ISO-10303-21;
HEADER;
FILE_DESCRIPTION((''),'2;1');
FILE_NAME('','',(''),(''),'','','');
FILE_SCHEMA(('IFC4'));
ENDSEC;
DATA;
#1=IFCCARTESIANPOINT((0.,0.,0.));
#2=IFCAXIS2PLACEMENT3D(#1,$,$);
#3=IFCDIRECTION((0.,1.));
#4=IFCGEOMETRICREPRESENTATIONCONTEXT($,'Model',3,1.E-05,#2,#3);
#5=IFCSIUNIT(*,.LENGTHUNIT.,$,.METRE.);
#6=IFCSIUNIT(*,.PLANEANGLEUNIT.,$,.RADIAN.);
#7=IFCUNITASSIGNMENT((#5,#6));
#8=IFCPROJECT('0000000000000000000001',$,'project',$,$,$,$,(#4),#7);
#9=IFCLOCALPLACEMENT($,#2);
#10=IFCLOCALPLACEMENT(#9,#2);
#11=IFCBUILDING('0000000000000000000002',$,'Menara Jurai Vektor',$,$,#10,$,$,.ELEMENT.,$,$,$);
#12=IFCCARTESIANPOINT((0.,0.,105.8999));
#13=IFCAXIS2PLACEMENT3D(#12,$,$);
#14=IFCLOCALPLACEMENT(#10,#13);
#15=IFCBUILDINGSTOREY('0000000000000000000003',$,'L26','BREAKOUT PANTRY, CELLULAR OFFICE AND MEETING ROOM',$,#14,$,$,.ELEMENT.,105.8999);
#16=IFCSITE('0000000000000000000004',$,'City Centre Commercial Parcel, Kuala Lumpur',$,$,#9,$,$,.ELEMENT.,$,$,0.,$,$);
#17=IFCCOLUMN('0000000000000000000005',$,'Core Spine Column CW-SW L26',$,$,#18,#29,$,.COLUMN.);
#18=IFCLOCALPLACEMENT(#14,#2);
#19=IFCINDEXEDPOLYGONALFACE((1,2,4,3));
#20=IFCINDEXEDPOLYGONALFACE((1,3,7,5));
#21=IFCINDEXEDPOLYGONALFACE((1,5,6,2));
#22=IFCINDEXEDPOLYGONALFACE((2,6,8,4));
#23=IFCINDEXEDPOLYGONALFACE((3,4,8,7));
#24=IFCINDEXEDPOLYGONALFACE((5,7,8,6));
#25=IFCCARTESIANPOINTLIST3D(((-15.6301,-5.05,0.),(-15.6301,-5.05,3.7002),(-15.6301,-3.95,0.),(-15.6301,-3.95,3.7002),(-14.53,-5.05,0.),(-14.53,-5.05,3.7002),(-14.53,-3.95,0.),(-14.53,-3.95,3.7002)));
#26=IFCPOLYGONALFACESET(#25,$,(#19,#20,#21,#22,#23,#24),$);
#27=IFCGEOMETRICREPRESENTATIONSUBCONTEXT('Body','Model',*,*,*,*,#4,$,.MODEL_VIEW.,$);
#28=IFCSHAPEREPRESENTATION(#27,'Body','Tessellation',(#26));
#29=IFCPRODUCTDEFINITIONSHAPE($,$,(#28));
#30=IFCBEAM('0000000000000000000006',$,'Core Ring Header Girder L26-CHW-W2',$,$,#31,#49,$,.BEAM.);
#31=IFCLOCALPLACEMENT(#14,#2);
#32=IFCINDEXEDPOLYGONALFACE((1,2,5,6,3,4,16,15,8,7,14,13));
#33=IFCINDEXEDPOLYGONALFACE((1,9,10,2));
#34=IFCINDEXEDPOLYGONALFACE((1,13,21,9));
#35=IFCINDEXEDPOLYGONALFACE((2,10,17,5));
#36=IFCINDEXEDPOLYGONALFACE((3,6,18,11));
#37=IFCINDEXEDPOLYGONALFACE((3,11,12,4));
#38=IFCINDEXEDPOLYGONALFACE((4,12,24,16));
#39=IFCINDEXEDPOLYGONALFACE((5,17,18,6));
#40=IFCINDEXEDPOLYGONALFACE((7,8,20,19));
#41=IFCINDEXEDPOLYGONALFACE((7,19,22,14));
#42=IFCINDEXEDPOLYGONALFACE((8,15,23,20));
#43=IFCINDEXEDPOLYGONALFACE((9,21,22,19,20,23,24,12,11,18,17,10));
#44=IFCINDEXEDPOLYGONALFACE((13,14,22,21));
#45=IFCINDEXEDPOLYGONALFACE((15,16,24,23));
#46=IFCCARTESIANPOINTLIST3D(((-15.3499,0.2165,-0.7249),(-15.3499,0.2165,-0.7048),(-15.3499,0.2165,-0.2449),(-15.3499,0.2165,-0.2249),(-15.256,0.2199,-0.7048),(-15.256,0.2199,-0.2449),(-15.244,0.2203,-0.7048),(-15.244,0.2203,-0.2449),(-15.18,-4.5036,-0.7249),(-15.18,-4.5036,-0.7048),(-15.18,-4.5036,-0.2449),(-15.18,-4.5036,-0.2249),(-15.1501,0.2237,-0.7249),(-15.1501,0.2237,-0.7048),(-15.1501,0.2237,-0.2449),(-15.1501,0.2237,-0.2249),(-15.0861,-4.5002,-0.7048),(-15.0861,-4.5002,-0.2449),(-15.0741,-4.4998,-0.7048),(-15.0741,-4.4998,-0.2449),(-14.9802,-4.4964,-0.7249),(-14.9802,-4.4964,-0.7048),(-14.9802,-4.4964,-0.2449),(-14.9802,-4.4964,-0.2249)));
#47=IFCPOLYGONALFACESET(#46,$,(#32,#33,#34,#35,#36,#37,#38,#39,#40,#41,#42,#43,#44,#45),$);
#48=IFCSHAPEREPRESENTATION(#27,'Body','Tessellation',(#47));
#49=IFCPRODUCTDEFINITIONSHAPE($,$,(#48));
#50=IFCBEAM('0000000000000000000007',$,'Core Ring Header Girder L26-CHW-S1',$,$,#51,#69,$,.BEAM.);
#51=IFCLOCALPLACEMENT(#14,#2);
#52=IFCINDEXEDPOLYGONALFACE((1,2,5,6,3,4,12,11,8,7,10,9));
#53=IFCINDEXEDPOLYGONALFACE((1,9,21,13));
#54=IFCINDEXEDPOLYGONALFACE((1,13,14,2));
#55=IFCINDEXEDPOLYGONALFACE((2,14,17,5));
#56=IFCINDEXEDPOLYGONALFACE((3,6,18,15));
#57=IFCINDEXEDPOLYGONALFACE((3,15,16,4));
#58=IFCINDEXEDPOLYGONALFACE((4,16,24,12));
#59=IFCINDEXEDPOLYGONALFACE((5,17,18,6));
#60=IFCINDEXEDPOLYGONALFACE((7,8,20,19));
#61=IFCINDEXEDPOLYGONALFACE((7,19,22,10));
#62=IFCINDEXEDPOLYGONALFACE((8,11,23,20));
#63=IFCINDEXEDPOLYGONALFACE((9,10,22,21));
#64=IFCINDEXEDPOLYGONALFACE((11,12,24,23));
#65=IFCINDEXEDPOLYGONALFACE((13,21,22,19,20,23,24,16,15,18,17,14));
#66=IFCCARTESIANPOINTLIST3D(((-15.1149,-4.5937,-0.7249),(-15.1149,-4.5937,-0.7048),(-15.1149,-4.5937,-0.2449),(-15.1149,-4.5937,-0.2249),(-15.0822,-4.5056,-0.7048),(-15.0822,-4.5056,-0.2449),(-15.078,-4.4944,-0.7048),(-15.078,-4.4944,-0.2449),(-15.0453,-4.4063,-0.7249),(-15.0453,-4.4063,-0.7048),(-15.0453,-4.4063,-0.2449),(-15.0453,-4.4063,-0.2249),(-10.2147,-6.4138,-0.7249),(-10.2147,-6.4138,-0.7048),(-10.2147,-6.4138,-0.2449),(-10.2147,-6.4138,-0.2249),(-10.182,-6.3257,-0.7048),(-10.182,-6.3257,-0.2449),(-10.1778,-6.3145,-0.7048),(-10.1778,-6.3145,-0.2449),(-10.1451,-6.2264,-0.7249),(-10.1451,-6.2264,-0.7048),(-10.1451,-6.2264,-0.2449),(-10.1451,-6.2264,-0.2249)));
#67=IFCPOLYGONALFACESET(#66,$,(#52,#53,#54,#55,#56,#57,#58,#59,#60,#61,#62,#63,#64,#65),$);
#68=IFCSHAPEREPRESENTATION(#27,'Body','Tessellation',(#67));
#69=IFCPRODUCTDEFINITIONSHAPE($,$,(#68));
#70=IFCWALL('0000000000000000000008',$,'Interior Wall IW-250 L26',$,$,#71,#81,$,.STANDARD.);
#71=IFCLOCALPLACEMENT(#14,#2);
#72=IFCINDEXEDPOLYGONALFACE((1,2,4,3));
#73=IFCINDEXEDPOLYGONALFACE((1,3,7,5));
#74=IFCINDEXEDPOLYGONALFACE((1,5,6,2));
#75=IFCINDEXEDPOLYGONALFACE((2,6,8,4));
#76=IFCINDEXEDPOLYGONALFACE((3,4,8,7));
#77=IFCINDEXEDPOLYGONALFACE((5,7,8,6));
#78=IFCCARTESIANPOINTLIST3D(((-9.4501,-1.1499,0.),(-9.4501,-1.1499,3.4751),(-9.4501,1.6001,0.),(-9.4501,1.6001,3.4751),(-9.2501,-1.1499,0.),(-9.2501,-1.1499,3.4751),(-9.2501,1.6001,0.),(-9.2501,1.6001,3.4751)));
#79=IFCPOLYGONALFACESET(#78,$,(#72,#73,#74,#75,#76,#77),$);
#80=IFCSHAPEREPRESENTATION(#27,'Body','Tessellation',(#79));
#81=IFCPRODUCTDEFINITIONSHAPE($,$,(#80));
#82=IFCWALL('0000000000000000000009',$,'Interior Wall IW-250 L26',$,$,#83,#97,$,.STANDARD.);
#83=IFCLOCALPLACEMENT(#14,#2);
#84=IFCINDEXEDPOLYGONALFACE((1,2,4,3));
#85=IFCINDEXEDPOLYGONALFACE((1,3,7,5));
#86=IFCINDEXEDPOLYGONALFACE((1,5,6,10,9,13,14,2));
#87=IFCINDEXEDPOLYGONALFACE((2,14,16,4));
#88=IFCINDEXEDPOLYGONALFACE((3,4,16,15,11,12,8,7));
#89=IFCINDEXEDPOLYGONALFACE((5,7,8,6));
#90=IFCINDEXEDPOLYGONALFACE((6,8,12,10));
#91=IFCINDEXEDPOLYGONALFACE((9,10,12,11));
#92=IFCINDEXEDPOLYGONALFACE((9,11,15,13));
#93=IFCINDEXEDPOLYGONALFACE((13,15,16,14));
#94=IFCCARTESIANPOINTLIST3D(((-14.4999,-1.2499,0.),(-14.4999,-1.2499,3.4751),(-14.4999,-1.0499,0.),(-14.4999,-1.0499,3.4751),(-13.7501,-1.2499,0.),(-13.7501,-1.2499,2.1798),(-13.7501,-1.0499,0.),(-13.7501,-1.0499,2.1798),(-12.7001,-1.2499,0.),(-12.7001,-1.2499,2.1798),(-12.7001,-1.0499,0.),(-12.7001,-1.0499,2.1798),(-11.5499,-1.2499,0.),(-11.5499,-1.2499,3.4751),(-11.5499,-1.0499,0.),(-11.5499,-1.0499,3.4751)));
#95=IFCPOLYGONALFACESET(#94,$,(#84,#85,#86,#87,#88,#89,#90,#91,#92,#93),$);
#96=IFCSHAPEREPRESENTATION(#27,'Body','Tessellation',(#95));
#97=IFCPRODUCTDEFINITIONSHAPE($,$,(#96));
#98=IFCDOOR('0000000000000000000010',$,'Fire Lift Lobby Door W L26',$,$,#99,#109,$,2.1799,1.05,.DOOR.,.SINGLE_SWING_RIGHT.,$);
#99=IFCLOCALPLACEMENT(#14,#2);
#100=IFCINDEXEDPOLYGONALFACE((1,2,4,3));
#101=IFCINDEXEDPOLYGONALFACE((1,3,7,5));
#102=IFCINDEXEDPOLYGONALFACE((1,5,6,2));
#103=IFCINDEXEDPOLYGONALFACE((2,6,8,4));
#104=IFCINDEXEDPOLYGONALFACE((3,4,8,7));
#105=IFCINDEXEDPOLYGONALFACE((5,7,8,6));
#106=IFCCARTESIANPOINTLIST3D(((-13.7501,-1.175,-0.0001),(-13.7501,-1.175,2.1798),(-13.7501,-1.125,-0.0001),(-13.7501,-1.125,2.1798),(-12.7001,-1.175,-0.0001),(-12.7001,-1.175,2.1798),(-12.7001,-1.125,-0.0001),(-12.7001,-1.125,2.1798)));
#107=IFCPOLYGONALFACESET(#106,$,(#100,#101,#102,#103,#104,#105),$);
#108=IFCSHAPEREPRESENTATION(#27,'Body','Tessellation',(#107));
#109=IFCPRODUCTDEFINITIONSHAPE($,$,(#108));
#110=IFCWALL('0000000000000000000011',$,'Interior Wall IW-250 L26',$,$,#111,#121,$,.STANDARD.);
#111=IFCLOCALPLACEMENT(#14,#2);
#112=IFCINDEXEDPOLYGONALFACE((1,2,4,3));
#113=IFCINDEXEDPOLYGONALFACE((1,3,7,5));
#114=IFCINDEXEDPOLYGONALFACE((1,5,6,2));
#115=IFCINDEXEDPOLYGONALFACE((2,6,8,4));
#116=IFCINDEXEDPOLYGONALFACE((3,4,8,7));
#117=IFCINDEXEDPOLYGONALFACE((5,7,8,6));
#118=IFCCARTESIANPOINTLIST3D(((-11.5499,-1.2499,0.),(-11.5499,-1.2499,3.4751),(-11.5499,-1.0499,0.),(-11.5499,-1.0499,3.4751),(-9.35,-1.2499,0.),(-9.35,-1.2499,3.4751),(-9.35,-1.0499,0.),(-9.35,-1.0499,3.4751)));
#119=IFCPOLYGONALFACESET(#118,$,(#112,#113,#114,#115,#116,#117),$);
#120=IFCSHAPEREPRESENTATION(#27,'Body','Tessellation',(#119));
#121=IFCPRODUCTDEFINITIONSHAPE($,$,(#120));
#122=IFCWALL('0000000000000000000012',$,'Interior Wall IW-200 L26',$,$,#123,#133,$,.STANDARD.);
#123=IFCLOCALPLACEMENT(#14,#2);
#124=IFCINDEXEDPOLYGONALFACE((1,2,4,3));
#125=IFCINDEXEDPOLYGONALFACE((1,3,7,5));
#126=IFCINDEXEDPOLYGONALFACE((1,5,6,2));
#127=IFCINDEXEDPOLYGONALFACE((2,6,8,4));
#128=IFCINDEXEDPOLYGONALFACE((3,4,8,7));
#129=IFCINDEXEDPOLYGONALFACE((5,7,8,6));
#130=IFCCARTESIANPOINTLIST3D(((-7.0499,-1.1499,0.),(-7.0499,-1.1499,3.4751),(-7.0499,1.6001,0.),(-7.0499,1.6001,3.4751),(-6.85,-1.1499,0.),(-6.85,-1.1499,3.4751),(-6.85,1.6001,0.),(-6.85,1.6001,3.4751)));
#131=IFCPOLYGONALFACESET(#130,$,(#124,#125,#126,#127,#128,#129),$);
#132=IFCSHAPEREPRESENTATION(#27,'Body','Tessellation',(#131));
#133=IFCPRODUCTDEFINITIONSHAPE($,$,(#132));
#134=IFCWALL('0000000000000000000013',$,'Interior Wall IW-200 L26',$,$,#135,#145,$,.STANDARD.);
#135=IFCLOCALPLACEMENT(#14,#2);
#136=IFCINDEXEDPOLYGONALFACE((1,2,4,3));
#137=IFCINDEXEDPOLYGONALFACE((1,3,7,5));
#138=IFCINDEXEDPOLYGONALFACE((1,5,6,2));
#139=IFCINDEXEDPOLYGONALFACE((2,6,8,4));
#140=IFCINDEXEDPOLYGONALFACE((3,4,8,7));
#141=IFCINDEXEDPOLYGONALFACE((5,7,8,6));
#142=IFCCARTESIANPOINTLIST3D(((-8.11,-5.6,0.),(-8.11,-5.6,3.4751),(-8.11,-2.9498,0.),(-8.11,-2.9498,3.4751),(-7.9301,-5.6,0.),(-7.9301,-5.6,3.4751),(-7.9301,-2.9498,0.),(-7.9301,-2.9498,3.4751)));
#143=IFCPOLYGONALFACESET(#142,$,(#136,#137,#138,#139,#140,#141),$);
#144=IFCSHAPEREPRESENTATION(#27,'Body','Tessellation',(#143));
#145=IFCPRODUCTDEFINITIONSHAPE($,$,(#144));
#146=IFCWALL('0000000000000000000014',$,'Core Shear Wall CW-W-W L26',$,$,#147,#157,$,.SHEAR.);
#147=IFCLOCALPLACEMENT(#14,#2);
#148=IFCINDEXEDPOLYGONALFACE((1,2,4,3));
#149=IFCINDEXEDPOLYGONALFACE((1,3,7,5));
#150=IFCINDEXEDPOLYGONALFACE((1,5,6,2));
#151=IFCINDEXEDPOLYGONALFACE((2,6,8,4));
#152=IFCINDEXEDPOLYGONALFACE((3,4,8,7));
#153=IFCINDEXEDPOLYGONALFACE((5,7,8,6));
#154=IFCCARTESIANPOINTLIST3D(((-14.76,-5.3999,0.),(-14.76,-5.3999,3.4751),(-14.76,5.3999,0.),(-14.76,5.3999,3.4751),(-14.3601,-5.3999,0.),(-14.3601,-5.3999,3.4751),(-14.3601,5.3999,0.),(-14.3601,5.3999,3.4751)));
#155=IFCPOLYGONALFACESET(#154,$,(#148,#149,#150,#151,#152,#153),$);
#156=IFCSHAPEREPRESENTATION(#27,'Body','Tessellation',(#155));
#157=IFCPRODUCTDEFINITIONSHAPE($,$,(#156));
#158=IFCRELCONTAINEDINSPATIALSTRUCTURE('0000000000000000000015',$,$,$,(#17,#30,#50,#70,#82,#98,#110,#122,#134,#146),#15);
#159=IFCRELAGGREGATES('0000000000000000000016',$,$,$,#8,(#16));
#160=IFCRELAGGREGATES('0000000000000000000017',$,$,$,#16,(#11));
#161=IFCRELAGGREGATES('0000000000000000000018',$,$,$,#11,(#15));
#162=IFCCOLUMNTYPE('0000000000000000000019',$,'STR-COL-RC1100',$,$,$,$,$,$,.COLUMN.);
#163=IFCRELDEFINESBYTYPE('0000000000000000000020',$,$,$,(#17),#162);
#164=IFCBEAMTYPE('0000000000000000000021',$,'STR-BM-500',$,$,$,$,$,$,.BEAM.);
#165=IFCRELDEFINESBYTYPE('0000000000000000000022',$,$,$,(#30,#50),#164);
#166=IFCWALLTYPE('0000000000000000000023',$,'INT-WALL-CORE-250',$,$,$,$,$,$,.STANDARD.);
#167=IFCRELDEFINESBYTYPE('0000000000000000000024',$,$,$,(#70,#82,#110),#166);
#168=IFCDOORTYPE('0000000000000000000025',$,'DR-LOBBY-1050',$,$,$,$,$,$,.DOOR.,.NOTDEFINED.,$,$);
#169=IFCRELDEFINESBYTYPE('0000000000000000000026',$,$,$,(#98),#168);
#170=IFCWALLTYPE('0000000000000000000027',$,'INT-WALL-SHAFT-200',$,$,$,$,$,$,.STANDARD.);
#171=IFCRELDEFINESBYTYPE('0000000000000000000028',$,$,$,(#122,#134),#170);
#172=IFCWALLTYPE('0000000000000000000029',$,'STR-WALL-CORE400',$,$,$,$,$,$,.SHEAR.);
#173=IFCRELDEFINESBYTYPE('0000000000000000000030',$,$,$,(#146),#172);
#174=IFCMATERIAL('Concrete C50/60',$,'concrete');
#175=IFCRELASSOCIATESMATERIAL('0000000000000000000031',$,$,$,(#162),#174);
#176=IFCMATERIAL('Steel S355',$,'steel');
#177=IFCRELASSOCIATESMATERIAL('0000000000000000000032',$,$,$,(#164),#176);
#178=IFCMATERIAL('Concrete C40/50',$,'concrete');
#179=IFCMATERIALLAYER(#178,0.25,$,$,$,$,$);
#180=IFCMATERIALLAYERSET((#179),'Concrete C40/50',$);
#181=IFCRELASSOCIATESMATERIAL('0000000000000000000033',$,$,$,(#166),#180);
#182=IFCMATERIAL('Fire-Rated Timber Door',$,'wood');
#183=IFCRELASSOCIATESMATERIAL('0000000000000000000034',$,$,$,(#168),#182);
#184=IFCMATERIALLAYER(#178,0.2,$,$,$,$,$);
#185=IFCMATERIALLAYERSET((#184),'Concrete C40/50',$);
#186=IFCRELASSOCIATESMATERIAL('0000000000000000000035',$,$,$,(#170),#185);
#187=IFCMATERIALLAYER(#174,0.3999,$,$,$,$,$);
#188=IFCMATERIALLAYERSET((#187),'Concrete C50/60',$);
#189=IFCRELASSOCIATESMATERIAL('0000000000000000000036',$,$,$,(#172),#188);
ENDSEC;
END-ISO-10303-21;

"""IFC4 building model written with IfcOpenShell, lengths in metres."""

from ifc_helpers import new_model, si_unit, direction, frame, frame_2d, origin, origin_2d, place, context, subcontext, project, spatial, rectangle, i_section, extrude, material, layer, layer_set, material_profile, profile_set, type_object, element, fill, save


model = new_model("IFC4")

# Units and contexts
model_context = context("Model", 3, precision=1e-05, world=origin(), true_north=direction((0.0, 1.0)))
body_context = subcontext(model_context, "Body", "Model", "MODEL_VIEW")
ifc_project = project(units=[si_unit("LENGTHUNIT", "METRE"), si_unit("PLANEANGLEUNIT", "RADIAN")], contexts=[model_context])

# Site, building, storey
site_placement = place(None, origin())
site = spatial("IfcSite", under=ifc_project, at=site_placement, Name="City Centre Commercial Parcel, Kuala Lumpur", CompositionType="ELEMENT", RefElevation=0.0)
building_placement = place(site_placement, origin())
building = spatial("IfcBuilding", under=site, at=building_placement, Name="Menara Jurai Vektor", CompositionType="ELEMENT")
storey_placement = place(building_placement, frame((0.0, 0.0, 105.8999)))
storey = spatial("IfcBuildingStorey", under=building, at=storey_placement, Name="L26", Description="BREAKOUT PANTRY, CELLULAR OFFICE AND MEETING ROOM", CompositionType="ELEMENT", Elevation=105.8999)

# Column
ifc_material_1 = material(Name="Concrete C50/60", Category="concrete")
ifc_material_profile_1 = material_profile(ifc_material_1, rectangle(XDim=1.1001, YDim=1.1001, at=origin_2d()), Name="RC 1100x1100")
ifc_profile_set_1 = profile_set([ifc_material_profile_1], Name="Concrete C50/60")
column_type = type_object("IfcColumnType", Name="STR-COL-RC1100", PredefinedType="COLUMN", material=ifc_profile_set_1)
column_placement = place(storey_placement, frame((-15.0801, -4.5, 0.0), z_axis=(0.0, 0.0, 1.0), x_axis=(1.0, 0.0, 0.0)))
element("IfcColumn", 1, at=column_placement, inside=storey, type_object=column_type, Name="Core Spine Column CW-SW L26", PredefinedType="COLUMN", context=body_context, shape_type="SweptSolid", body=[
    extrude(rectangle(XDim=1.1001, YDim=1.1001, at=origin_2d()), origin(), (0.0, 0.0, 1.0), 3.7002),
])

# Beams
ifc_material_2 = material(Name="Steel S355", Category="steel")
ifc_material_profile_2 = material_profile(ifc_material_2, i_section(OverallWidth=0.2, OverallDepth=0.5, WebThickness=0.012, FlangeThickness=0.02, at=origin_2d()), Name="PG 500x200x96")
ifc_profile_set_2 = profile_set([ifc_material_profile_2], Name="Steel S355")
beam_type = type_object("IfcBeamType", Name="STR-BM-500", PredefinedType="BEAM", material=ifc_profile_set_2)
beam_1_placement = place(storey_placement, frame((-15.0801, -4.5, -0.4749), z_axis=(-0.035977, 0.999353, 0.0), x_axis=(-0.999353, -0.035977, 0.0)))
element("IfcBeam", 2, at=beam_1_placement, inside=storey, type_object=beam_type, Name="Core Ring Header Girder L26-CHW-W2", PredefinedType="BEAM", context=body_context, shape_type="SweptSolid", body=[
    extrude(i_section(OverallWidth=0.2, OverallDepth=0.5, WebThickness=0.012, FlangeThickness=0.02, at=origin_2d()), origin(), (0.0, 0.0, 1.0), 4.7231),
])
beam_2_placement = place(storey_placement, frame((-15.0801, -4.5, -0.4749), z_axis=(0.937424, -0.348189, 0.0), x_axis=(0.348189, 0.937424, 0.0)))
element("IfcBeam", 3, at=beam_2_placement, inside=storey, type_object=beam_type, Name="Core Ring Header Girder L26-CHW-S1", PredefinedType="BEAM", context=body_context, shape_type="SweptSolid", body=[
    extrude(i_section(OverallWidth=0.2, OverallDepth=0.5, WebThickness=0.012, FlangeThickness=0.02, at=origin_2d()), origin(), (0.0, 0.0, 1.0), 5.2273),
])

# Shared definitions
ifc_material_3 = material(Name="Concrete C40/50", Category="concrete")
ifc_layer_1 = layer(ifc_material_3, 0.25)
ifc_layer_set_1 = layer_set([ifc_layer_1], Name="Concrete C40/50")
wall_type_1 = type_object("IfcWallType", Name="INT-WALL-CORE-250", PredefinedType="STANDARD", material=ifc_layer_set_1)

# Wall
wall_1_placement = place(storey_placement, frame((-9.3501, -1.1499, 0.0), z_axis=(0.0, 0.0, 1.0), x_axis=(0.0, 1.0, 0.0)))
element("IfcWall", 4, at=wall_1_placement, inside=storey, type_object=wall_type_1, Name="Interior Wall IW-250 L26", PredefinedType="STANDARD", context=body_context, shape_type="SweptSolid", body=[
    extrude(rectangle(XDim=2.75, YDim=0.2, at=frame_2d((1.375, 0.0))), origin(), (0.0, 0.0, 1.0), 3.4751),
])

# Wall, opening, door
wall_2_placement = place(storey_placement, frame((-14.5, -1.1499, 0.0), z_axis=(0.0, 0.0, 1.0), x_axis=(1.0, 0.0, 0.0)))
wall_2 = element("IfcWall", 5, at=wall_2_placement, inside=storey, type_object=wall_type_1, Name="Interior Wall IW-250 L26", PredefinedType="STANDARD", context=body_context, shape_type="SweptSolid", body=[
    extrude(rectangle(XDim=2.95, YDim=0.2, at=frame_2d((1.4751, 0.0))), origin(), (0.0, 0.0, 1.0), 3.4751),
])
opening_1_placement = place(wall_2_placement, frame((0.75, 0.0, 0.0)))
opening_1 = element("IfcOpeningElement", 6, at=opening_1_placement, cuts=wall_2, PredefinedType="OPENING", context=body_context, shape_type="SweptSolid", body=[
    extrude(rectangle(XDim=1.05, YDim=2.1799, at=frame_2d((0.5249, 1.0898))), frame((0.0, 0.1099, 0.0), z_axis=(0.0, -1.0, 0.0), x_axis=(1.0, 0.0, 0.0)), (0.0, 0.0, 1.0), 0.22),
])
ifc_material_4 = material(Name="Fire-Rated Timber Door", Category="wood")
door_type_1 = type_object("IfcDoorType", Name="DR-LOBBY-1050", OperationType="NOTDEFINED", PredefinedType="DOOR", material=ifc_material_4)
door_1_placement = place(opening_1_placement, origin())
door_1 = element("IfcDoor", 7, at=door_1_placement, inside=storey, type_object=door_type_1, Name="Fire Lift Lobby Door W L26", OperationType="SINGLE_SWING_RIGHT", OverallHeight=2.1799, OverallWidth=1.05, PredefinedType="DOOR", context=body_context, shape_type="SweptSolid", body=[
    extrude(rectangle(XDim=1.05, YDim=2.1799, at=frame_2d((0.5249, 1.0898))), frame((0.0, 0.0249, 0.0), z_axis=(0.0, -1.0, 0.0), x_axis=(1.0, 0.0, 0.0)), (0.0, 0.0, 1.0), 0.05),
])
fill(opening_1, door_1)

# Walls
wall_3_placement = place(storey_placement, frame((-11.55, -1.1499, 0.0), z_axis=(0.0, 0.0, 1.0), x_axis=(1.0, 0.0, 0.0)))
element("IfcWall", 8, at=wall_3_placement, inside=storey, type_object=wall_type_1, Name="Interior Wall IW-250 L26", PredefinedType="STANDARD", context=body_context, shape_type="SweptSolid", body=[
    extrude(rectangle(XDim=2.2, YDim=0.2, at=frame_2d((1.1001, 0.0))), origin(), (0.0, 0.0, 1.0), 3.4751),
])
ifc_layer_2 = layer(ifc_material_3, 0.2)
ifc_layer_set_2 = layer_set([ifc_layer_2], Name="Concrete C40/50")
wall_type_2 = type_object("IfcWallType", Name="INT-WALL-SHAFT-200", PredefinedType="STANDARD", material=ifc_layer_set_2)
wall_4_placement = place(storey_placement, frame((-6.95, -1.1499, 0.0), z_axis=(0.0, 0.0, 1.0), x_axis=(0.0, 1.0, 0.0)))
element("IfcWall", 9, at=wall_4_placement, inside=storey, type_object=wall_type_2, Name="Interior Wall IW-200 L26", PredefinedType="STANDARD", context=body_context, shape_type="SweptSolid", body=[
    extrude(rectangle(XDim=2.75, YDim=0.2, at=frame_2d((1.375, 0.0))), origin(), (0.0, 0.0, 1.0), 3.4751),
])

# Walls
wall_5_placement = place(storey_placement, frame((-8.02, -5.6001, 0.0), z_axis=(0.0, 0.0, 1.0), x_axis=(0.0, 1.0, 0.0)))
element("IfcWall", 10, at=wall_5_placement, inside=storey, type_object=wall_type_2, Name="Interior Wall IW-200 L26", PredefinedType="STANDARD", context=body_context, shape_type="SweptSolid", body=[
    extrude(rectangle(XDim=2.6501, YDim=0.1799, at=frame_2d((1.3252, 0.0))), origin(), (0.0, 0.0, 1.0), 3.4751),
])
ifc_layer_3 = layer(ifc_material_1, 0.3999)
ifc_layer_set_3 = layer_set([ifc_layer_3], Name="Concrete C50/60")
wall_type_3 = type_object("IfcWallType", Name="STR-WALL-CORE400", PredefinedType="SHEAR", material=ifc_layer_set_3)
wall_6_placement = place(storey_placement, frame((-14.5601, -5.3999, 0.0), z_axis=(0.0, 0.0, 1.0), x_axis=(0.0, 1.0, 0.0)))
element("IfcWall", 11, at=wall_6_placement, inside=storey, type_object=wall_type_3, Name="Core Shear Wall CW-W-W L26", PredefinedType="SHEAR", context=body_context, shape_type="SweptSolid", body=[
    extrude(rectangle(XDim=10.7998, YDim=0.3999, at=frame_2d((5.3999, 0.0))), origin(), (0.0, 0.0, 1.0), 3.4751),
])

save(model, "model.ifc")
